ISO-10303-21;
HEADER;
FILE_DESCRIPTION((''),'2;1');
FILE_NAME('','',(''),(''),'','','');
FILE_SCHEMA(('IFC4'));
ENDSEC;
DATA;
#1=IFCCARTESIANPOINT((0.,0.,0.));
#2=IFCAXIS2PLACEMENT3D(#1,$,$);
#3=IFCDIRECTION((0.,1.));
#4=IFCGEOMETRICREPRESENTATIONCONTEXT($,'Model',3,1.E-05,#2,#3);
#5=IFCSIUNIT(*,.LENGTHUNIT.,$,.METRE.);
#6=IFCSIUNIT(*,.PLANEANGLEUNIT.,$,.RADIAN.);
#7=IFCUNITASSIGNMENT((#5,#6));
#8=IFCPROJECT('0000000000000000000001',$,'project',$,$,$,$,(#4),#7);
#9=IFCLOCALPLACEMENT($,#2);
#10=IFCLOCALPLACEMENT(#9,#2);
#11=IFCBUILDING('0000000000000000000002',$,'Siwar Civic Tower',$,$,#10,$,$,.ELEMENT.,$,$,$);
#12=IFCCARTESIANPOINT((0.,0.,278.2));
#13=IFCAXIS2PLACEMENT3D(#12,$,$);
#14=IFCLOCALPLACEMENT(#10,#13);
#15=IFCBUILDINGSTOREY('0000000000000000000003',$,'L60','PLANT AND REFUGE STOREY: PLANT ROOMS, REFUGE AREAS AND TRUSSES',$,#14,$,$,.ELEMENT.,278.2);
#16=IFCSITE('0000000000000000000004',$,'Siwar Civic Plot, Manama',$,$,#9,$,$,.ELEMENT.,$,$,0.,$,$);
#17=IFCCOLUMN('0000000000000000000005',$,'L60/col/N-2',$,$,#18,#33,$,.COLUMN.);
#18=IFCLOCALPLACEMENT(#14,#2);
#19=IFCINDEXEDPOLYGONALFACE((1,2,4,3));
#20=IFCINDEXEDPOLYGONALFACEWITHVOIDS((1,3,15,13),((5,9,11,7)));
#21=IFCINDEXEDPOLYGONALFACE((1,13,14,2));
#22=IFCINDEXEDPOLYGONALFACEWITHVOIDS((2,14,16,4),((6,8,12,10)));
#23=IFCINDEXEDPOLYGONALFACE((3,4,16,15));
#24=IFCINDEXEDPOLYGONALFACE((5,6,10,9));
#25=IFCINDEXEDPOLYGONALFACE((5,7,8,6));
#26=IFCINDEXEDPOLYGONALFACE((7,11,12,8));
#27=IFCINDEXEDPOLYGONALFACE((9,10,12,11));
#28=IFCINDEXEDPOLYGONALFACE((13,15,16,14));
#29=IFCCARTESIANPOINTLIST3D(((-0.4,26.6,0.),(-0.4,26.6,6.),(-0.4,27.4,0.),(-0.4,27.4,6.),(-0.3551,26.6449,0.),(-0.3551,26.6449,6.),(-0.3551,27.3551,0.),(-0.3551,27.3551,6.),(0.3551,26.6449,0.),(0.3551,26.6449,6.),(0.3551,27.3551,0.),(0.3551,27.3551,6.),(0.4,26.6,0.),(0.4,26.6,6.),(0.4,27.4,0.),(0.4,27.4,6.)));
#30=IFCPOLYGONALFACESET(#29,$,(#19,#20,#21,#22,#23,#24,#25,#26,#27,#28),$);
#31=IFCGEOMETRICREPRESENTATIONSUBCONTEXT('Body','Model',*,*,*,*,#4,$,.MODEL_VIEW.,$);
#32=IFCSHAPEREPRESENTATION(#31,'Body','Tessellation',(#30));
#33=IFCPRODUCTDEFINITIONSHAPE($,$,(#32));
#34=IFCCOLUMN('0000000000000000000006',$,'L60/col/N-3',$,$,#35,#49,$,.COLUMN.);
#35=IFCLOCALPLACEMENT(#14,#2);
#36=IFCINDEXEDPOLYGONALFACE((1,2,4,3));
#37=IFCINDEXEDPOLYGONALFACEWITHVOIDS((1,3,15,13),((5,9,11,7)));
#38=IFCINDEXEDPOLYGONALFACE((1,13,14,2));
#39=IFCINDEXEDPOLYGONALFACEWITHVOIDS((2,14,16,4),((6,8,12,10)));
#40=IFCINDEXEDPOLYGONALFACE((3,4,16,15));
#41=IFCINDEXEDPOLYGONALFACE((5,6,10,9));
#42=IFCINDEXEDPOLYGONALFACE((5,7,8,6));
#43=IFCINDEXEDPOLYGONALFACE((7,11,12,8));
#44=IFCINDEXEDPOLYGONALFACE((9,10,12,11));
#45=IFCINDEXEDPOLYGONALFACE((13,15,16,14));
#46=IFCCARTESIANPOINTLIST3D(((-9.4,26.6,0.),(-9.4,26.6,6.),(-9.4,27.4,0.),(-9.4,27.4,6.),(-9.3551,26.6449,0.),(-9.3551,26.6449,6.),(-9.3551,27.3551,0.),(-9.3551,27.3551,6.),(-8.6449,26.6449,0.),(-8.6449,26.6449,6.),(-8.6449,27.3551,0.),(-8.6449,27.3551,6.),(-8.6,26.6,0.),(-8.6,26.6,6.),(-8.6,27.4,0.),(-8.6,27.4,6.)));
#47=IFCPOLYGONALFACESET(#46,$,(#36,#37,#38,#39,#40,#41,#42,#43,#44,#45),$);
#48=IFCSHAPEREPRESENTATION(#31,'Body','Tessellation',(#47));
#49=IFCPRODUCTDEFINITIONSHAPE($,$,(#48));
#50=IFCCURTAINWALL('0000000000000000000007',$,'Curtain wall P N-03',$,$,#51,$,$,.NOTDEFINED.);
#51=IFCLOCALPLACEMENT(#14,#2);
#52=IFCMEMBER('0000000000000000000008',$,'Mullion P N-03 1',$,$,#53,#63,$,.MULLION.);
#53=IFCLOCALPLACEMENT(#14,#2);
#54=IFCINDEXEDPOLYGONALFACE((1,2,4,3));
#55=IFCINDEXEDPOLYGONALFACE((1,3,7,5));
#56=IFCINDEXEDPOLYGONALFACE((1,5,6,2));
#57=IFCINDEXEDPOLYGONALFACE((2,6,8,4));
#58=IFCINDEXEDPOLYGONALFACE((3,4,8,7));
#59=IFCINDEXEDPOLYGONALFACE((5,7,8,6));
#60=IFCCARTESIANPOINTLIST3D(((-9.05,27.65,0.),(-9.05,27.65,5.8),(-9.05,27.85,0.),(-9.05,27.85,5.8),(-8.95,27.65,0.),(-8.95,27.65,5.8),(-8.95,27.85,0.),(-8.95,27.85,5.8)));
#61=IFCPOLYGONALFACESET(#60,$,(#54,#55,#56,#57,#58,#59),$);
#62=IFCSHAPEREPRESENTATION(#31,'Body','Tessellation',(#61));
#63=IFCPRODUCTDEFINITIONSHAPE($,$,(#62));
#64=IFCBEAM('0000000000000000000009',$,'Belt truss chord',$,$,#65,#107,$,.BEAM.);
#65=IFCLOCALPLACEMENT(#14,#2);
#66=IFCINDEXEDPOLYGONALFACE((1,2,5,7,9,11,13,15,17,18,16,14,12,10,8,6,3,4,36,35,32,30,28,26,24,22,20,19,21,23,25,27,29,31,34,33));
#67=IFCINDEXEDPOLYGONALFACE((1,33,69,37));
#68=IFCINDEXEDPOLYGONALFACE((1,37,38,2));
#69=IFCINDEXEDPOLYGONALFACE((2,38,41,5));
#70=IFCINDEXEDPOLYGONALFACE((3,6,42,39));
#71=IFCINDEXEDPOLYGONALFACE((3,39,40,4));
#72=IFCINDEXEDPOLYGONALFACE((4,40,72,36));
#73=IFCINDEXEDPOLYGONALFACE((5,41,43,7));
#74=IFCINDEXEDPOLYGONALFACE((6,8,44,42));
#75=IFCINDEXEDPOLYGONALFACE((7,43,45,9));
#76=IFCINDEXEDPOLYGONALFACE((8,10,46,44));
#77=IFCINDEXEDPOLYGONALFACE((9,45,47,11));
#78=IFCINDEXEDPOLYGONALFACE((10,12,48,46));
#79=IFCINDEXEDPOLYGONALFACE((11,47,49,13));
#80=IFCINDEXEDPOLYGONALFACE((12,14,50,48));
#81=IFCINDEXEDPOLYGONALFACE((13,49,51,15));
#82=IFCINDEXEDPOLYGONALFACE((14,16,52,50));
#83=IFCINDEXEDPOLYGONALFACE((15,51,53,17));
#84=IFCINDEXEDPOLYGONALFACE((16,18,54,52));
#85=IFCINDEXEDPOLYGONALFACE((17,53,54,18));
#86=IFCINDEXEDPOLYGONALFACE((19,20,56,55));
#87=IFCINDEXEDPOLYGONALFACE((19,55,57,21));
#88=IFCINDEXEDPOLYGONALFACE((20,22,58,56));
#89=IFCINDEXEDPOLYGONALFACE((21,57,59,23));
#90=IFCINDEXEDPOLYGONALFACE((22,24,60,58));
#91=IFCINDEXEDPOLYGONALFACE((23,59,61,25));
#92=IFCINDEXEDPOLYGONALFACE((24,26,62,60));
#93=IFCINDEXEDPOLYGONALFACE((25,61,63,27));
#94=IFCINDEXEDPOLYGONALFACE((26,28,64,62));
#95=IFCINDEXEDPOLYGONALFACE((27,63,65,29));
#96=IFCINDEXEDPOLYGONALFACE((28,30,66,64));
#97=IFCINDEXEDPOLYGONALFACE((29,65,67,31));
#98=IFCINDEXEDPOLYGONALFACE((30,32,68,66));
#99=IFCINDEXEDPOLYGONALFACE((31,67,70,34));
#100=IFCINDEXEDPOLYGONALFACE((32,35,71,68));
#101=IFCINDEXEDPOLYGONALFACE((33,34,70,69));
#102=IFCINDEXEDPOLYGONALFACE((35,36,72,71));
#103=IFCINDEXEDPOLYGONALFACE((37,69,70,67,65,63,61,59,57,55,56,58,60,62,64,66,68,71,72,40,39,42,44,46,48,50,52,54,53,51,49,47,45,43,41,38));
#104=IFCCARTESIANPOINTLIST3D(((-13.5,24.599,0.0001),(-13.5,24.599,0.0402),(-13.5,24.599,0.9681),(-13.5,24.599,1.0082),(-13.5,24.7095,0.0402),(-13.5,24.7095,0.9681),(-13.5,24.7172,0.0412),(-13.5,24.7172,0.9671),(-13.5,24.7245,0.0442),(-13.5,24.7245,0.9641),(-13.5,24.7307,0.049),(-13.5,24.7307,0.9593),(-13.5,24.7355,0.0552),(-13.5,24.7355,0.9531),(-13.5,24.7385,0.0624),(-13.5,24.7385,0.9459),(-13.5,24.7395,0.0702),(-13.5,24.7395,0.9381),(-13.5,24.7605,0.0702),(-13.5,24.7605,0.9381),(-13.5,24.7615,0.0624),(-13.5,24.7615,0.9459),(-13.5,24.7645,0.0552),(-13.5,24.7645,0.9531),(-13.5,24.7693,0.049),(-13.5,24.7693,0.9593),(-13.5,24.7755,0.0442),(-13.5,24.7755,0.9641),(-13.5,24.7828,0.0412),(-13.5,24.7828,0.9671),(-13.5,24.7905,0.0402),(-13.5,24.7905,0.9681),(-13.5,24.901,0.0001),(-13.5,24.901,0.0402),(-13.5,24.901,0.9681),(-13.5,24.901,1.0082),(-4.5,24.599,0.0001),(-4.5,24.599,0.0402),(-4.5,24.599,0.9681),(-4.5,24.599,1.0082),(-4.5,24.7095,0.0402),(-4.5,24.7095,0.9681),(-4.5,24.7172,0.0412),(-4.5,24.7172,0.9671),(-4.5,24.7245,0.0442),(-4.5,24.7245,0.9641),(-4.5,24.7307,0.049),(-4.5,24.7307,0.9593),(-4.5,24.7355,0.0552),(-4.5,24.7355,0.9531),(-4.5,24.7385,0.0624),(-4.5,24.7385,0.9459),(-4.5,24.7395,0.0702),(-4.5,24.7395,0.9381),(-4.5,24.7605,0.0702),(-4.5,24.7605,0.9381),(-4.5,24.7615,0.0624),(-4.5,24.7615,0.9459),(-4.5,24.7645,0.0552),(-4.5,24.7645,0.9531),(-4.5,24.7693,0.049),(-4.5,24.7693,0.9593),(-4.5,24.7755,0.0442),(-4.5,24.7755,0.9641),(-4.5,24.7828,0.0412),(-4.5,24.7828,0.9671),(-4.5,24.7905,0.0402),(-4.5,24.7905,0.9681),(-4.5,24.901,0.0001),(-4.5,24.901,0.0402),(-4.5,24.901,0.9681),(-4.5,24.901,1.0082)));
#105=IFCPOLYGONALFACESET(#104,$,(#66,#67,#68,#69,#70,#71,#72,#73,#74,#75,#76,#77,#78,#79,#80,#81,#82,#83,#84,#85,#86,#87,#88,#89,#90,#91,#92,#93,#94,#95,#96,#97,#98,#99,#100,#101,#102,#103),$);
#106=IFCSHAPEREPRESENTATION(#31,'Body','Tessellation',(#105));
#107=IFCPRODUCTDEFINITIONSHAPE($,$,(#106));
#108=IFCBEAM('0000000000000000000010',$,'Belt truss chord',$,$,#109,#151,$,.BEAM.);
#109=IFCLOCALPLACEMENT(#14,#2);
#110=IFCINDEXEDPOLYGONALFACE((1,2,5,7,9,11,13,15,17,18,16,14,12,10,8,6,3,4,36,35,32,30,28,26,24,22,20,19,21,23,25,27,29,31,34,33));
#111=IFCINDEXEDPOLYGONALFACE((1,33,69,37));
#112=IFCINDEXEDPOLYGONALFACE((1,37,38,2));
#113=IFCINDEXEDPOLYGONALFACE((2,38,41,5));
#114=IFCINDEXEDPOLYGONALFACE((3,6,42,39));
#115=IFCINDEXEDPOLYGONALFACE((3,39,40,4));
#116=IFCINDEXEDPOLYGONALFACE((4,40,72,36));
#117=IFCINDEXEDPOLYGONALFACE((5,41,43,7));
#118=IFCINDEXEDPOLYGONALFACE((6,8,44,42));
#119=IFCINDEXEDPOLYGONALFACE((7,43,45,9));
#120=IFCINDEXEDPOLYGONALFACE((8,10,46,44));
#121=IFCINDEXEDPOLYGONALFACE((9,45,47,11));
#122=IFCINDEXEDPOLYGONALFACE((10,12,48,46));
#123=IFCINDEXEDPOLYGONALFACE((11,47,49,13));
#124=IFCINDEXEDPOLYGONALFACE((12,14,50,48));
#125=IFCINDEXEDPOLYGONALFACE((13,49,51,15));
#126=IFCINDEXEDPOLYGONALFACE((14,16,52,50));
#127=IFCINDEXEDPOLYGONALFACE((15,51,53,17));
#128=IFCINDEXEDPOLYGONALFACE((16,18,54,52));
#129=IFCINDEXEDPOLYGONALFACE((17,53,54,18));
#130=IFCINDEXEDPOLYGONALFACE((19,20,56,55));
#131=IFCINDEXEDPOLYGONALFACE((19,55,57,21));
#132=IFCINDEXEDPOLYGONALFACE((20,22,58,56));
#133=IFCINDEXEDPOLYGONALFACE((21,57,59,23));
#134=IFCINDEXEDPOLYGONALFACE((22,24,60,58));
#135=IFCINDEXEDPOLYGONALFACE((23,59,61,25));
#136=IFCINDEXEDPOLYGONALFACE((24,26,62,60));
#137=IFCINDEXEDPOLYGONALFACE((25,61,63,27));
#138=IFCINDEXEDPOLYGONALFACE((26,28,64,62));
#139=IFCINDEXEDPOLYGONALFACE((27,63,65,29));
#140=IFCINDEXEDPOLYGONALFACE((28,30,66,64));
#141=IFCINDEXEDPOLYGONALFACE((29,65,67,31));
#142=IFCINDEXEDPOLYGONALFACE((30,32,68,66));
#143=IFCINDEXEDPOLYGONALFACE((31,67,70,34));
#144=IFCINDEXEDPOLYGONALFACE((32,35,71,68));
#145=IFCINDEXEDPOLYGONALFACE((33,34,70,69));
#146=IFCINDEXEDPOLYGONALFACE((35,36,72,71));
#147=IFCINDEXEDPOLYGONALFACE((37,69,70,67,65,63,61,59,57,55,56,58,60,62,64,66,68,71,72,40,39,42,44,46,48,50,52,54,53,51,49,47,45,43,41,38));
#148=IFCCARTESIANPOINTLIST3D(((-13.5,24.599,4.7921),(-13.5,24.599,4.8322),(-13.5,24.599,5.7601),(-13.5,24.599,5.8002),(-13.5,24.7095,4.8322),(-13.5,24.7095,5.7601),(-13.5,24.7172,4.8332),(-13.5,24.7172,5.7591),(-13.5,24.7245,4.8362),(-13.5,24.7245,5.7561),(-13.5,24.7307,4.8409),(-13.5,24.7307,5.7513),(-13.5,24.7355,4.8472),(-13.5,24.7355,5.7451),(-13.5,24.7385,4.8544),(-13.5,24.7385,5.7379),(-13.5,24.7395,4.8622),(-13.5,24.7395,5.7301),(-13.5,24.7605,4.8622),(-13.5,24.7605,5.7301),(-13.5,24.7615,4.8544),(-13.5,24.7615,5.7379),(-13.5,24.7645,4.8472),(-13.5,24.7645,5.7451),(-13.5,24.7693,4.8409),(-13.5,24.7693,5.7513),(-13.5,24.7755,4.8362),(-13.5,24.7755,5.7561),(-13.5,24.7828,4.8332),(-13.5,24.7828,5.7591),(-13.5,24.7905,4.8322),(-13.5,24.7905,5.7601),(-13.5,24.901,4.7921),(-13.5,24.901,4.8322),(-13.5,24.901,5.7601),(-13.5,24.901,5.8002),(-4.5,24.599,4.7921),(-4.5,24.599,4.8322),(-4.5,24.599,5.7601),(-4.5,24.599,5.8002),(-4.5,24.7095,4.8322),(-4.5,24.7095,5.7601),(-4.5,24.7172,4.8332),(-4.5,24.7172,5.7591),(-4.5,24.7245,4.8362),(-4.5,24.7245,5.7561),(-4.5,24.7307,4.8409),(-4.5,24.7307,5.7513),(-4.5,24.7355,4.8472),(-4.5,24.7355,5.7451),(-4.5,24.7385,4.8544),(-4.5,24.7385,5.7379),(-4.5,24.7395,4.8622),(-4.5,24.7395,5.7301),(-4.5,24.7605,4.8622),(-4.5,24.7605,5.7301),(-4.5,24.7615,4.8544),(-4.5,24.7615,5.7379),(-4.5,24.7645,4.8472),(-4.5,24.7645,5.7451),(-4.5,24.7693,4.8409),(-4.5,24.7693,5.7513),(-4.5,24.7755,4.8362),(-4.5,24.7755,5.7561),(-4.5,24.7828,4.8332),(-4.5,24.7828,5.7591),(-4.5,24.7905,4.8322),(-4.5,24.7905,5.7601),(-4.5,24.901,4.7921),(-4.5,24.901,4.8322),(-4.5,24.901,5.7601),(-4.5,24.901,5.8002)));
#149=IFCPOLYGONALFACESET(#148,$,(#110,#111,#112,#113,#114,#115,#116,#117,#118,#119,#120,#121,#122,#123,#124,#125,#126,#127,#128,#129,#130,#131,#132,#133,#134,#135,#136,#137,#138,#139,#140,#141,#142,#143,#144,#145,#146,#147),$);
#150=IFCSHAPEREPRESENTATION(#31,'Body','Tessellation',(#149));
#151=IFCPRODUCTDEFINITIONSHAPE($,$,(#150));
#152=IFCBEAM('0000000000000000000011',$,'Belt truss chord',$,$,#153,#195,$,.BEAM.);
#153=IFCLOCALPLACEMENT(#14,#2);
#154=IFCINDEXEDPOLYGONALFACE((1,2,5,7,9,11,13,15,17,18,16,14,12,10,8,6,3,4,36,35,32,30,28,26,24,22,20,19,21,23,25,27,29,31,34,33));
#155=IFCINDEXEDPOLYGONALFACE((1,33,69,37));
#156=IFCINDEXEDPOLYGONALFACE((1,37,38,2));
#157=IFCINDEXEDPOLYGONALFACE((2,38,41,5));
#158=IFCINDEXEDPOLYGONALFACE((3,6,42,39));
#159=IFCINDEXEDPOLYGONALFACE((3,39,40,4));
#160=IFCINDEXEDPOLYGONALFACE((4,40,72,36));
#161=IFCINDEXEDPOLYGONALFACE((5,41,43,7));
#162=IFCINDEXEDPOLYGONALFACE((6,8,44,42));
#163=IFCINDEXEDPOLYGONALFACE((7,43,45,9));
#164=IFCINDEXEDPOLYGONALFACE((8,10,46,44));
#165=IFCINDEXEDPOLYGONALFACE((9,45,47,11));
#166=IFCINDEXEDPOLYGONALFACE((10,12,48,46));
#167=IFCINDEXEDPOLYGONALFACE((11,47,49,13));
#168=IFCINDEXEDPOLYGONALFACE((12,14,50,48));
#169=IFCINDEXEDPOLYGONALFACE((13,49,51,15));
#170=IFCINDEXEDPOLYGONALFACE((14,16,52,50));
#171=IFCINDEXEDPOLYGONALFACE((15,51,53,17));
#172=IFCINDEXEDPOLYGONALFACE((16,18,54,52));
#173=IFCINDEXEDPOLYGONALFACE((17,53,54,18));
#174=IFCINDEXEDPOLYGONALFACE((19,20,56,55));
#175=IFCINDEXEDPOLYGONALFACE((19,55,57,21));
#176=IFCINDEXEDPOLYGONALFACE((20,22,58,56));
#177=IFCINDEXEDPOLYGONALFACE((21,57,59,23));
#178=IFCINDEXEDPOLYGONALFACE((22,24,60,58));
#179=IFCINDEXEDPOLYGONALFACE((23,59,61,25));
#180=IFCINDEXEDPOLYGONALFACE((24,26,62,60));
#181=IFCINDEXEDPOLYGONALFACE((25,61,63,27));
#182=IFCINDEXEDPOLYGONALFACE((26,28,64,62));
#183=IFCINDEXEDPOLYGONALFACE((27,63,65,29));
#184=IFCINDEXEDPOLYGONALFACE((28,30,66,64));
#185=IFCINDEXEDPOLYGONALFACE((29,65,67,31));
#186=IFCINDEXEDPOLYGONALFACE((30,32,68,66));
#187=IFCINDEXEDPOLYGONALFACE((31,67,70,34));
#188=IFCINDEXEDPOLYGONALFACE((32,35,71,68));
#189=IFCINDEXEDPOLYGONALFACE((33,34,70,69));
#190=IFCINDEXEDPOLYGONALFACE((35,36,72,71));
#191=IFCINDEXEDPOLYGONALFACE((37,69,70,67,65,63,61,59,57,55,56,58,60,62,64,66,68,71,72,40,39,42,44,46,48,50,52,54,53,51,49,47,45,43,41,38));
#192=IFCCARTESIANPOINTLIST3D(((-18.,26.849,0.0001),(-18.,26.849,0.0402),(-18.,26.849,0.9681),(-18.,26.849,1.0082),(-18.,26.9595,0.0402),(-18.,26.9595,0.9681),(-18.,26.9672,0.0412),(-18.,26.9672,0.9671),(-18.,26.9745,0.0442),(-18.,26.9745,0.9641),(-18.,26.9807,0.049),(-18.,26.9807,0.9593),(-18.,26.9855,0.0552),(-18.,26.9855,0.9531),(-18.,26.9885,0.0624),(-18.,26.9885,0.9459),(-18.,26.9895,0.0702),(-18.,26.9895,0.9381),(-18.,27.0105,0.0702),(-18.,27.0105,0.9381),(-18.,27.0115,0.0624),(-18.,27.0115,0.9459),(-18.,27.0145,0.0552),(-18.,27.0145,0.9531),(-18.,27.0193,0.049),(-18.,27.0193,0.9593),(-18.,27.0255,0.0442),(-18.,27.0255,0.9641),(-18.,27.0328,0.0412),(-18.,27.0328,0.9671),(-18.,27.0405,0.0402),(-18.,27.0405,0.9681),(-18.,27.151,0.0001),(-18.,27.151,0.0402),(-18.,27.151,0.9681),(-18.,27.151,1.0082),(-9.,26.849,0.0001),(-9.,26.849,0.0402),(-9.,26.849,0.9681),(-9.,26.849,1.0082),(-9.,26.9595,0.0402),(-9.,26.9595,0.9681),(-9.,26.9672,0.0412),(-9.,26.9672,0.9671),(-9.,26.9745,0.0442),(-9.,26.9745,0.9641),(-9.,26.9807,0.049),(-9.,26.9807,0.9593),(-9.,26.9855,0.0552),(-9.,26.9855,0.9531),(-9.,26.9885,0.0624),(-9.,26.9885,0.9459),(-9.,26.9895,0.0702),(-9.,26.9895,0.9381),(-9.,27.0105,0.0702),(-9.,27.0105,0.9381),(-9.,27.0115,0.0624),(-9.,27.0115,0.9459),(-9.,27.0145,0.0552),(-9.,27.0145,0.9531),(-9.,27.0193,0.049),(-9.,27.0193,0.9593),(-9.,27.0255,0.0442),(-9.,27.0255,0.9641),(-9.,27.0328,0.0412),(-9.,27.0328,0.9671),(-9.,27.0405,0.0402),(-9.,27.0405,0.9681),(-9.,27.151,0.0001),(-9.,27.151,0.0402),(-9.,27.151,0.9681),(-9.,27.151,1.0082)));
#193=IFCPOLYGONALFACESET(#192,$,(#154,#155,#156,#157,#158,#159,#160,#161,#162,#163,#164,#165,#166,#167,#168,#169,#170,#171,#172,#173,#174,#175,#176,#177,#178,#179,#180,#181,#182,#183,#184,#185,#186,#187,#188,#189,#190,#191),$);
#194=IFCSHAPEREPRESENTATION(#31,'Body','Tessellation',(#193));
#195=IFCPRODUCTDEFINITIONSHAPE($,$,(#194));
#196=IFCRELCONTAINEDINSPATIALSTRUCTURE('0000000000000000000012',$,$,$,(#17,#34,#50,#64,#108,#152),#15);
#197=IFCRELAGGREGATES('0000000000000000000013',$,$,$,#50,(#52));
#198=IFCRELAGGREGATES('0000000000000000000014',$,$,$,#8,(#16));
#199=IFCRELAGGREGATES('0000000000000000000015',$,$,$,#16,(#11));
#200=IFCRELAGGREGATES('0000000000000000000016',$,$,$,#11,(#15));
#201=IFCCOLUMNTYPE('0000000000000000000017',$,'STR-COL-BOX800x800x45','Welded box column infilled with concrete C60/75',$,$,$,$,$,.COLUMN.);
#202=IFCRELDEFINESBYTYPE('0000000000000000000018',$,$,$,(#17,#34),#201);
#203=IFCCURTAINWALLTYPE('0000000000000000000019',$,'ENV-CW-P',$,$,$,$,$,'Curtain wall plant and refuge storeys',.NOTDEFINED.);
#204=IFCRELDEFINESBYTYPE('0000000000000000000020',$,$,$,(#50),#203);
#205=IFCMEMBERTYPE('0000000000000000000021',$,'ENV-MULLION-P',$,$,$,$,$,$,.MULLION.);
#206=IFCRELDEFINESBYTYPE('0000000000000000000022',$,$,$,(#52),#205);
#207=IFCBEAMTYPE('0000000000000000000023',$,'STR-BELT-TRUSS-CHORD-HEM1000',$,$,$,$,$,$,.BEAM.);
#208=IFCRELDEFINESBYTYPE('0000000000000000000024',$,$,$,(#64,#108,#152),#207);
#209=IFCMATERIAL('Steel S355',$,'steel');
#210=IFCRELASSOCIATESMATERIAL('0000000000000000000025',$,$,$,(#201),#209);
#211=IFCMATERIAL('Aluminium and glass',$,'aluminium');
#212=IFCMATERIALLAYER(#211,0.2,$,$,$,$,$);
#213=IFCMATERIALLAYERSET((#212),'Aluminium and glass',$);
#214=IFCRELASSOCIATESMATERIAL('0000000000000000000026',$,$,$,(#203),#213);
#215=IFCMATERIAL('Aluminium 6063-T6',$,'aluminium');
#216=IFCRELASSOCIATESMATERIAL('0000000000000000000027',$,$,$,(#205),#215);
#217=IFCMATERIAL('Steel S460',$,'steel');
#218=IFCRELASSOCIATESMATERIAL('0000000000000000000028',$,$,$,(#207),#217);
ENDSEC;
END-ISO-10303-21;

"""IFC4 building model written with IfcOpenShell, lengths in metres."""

from ifc_helpers import new_model, si_unit, direction, frame, origin, origin_2d, place, context, subcontext, project, spatial, rectangle, hollow_rectangle, i_section, extrude, material, layer, layer_set, material_profile, profile_set, type_object, element, aggregate, save


model = new_model("IFC4")

# Units and contexts
model_context = context("Model", 3, precision=1e-05, world=origin(), true_north=direction((0.0, 1.0)))
body_context = subcontext(model_context, "Body", "Model", "MODEL_VIEW")
ifc_project = project(units=[si_unit("LENGTHUNIT", "METRE"), si_unit("PLANEANGLEUNIT", "RADIAN")], contexts=[model_context])

# Site, building, storey
site_placement = place(None, origin())
site = spatial("IfcSite", under=ifc_project, at=site_placement, Name="Siwar Civic Plot, Manama", CompositionType="ELEMENT", RefElevation=0.0)
building_placement = place(site_placement, origin())
building = spatial("IfcBuilding", under=site, at=building_placement, Name="Siwar Civic Tower", CompositionType="ELEMENT")
storey_placement = place(building_placement, frame((0.0, 0.0, 278.2)))
storey = spatial("IfcBuildingStorey", under=building, at=storey_placement, Name="L60", Description="PLANT AND REFUGE STOREY: PLANT ROOMS, REFUGE AREAS AND TRUSSES", CompositionType="ELEMENT", Elevation=278.2)

# Columns
ifc_material_1 = material(Name="Steel S355", Category="steel")
ifc_material_profile_1 = material_profile(ifc_material_1, hollow_rectangle(XDim=0.8, YDim=0.8, WallThickness=0.0449, at=origin_2d()), Name="BOX800x800x45")
ifc_profile_set_1 = profile_set([ifc_material_profile_1], Name="Steel S355")
column_type = type_object("IfcColumnType", Name="STR-COL-BOX800x800x45", Description="Welded box column infilled with concrete C60/75", PredefinedType="COLUMN", material=ifc_profile_set_1)
for number, where, z_axis, x_axis, name in (
    (1, (0.0, 27.0, 0.0), (0.0, 0.0, 1.0), (1.0, 0.0, 0.0), "L60/col/N-2"),
    (2, (-9.0, 27.0, 0.0), (0.0, 0.0, 1.0), (1.0, 0.0, 0.0), "L60/col/N-3"),
):
    element("IfcColumn", number, at=place(storey_placement, frame(where, z_axis=z_axis, x_axis=x_axis)), inside=storey, type_object=column_type, Name=name, PredefinedType="COLUMN", context=body_context, shape_type="SweptSolid", body=[
        extrude(hollow_rectangle(XDim=0.8, YDim=0.8, WallThickness=0.0449, at=origin_2d()), origin(), (0.0, 0.0, 1.0), 6.0),
    ])

# Curtain wall, member
ifc_material_2 = material(Name="Aluminium and glass", Category="aluminium")
ifc_layer_1 = layer(ifc_material_2, 0.2)
ifc_layer_set_1 = layer_set([ifc_layer_1], Name="Aluminium and glass")
curtain_wall_type = type_object("IfcCurtainWallType", Name="ENV-CW-P", ElementType="Curtain wall plant and refuge storeys", PredefinedType="NOTDEFINED", material=ifc_layer_set_1)
curtain_wall_placement = place(storey_placement, origin())
curtain_wall = element("IfcCurtainWall", 3, at=curtain_wall_placement, inside=storey, type_object=curtain_wall_type, Name="Curtain wall P N-03", PredefinedType="NOTDEFINED")
ifc_material_3 = material(Name="Aluminium 6063-T6", Category="aluminium")
ifc_material_profile_2 = material_profile(ifc_material_3, rectangle(XDim=0.2, YDim=0.1001, at=origin_2d()), Name="AL 200x100")
ifc_profile_set_2 = profile_set([ifc_material_profile_2], Name="Aluminium 6063-T6")
member_type_1 = type_object("IfcMemberType", Name="ENV-MULLION-P", PredefinedType="MULLION", material=ifc_profile_set_2)
member_1_placement = place(storey_placement, frame((-9.0, 27.75, 0.0), z_axis=(0.0, 0.0, 1.0), x_axis=(0.0, -1.0, 0.0)))
member_1 = element("IfcMember", 4, at=member_1_placement, type_object=member_type_1, Name="Mullion P N-03 1", PredefinedType="MULLION", context=body_context, shape_type="SweptSolid", body=[
    extrude(rectangle(XDim=0.2, YDim=0.1001, at=origin_2d()), origin(), (0.0, 0.0, 1.0), 5.8),
])
aggregate(curtain_wall, [member_1])

# Beams
ifc_material_4 = material(Name="Steel S460", Category="steel")
ifc_material_profile_3 = material_profile(ifc_material_4, i_section(OverallWidth=0.302, OverallDepth=1.0081, WebThickness=0.021, FlangeThickness=0.04, FilletRadius=0.03, at=origin_2d()), Name="HEM1000")
ifc_profile_set_3 = profile_set([ifc_material_profile_3], Name="Steel S460")
beam_type_1 = type_object("IfcBeamType", Name="STR-BELT-TRUSS-CHORD-HEM1000", PredefinedType="BEAM", material=ifc_profile_set_3)
for number, where, z_axis, x_axis, name in (
    (5, (-4.5, 24.75, 0.5042), (-1.0, 0.0, 0.0), (0.0, -1.0, 0.0), "Belt truss chord"),
    (6, (-4.5, 24.75, 5.2961), (-1.0, 0.0, 0.0), (0.0, -1.0, 0.0), "Belt truss chord"),
    (7, (-9.0, 27.0, 0.5042), (-1.0, 0.0, 0.0), (0.0, -1.0, 0.0), "Belt truss chord"),
):
    element("IfcBeam", number, at=place(storey_placement, frame(where, z_axis=z_axis, x_axis=x_axis)), inside=storey, type_object=beam_type_1, Name=name, PredefinedType="BEAM", context=body_context, shape_type="SweptSolid", body=[
        extrude(i_section(OverallWidth=0.302, OverallDepth=1.0081, WebThickness=0.021, FlangeThickness=0.04, FilletRadius=0.03, at=origin_2d()), origin(), (0.0, 0.0, 1.0), 9.0),
    ])

save(model, "model.ifc")
